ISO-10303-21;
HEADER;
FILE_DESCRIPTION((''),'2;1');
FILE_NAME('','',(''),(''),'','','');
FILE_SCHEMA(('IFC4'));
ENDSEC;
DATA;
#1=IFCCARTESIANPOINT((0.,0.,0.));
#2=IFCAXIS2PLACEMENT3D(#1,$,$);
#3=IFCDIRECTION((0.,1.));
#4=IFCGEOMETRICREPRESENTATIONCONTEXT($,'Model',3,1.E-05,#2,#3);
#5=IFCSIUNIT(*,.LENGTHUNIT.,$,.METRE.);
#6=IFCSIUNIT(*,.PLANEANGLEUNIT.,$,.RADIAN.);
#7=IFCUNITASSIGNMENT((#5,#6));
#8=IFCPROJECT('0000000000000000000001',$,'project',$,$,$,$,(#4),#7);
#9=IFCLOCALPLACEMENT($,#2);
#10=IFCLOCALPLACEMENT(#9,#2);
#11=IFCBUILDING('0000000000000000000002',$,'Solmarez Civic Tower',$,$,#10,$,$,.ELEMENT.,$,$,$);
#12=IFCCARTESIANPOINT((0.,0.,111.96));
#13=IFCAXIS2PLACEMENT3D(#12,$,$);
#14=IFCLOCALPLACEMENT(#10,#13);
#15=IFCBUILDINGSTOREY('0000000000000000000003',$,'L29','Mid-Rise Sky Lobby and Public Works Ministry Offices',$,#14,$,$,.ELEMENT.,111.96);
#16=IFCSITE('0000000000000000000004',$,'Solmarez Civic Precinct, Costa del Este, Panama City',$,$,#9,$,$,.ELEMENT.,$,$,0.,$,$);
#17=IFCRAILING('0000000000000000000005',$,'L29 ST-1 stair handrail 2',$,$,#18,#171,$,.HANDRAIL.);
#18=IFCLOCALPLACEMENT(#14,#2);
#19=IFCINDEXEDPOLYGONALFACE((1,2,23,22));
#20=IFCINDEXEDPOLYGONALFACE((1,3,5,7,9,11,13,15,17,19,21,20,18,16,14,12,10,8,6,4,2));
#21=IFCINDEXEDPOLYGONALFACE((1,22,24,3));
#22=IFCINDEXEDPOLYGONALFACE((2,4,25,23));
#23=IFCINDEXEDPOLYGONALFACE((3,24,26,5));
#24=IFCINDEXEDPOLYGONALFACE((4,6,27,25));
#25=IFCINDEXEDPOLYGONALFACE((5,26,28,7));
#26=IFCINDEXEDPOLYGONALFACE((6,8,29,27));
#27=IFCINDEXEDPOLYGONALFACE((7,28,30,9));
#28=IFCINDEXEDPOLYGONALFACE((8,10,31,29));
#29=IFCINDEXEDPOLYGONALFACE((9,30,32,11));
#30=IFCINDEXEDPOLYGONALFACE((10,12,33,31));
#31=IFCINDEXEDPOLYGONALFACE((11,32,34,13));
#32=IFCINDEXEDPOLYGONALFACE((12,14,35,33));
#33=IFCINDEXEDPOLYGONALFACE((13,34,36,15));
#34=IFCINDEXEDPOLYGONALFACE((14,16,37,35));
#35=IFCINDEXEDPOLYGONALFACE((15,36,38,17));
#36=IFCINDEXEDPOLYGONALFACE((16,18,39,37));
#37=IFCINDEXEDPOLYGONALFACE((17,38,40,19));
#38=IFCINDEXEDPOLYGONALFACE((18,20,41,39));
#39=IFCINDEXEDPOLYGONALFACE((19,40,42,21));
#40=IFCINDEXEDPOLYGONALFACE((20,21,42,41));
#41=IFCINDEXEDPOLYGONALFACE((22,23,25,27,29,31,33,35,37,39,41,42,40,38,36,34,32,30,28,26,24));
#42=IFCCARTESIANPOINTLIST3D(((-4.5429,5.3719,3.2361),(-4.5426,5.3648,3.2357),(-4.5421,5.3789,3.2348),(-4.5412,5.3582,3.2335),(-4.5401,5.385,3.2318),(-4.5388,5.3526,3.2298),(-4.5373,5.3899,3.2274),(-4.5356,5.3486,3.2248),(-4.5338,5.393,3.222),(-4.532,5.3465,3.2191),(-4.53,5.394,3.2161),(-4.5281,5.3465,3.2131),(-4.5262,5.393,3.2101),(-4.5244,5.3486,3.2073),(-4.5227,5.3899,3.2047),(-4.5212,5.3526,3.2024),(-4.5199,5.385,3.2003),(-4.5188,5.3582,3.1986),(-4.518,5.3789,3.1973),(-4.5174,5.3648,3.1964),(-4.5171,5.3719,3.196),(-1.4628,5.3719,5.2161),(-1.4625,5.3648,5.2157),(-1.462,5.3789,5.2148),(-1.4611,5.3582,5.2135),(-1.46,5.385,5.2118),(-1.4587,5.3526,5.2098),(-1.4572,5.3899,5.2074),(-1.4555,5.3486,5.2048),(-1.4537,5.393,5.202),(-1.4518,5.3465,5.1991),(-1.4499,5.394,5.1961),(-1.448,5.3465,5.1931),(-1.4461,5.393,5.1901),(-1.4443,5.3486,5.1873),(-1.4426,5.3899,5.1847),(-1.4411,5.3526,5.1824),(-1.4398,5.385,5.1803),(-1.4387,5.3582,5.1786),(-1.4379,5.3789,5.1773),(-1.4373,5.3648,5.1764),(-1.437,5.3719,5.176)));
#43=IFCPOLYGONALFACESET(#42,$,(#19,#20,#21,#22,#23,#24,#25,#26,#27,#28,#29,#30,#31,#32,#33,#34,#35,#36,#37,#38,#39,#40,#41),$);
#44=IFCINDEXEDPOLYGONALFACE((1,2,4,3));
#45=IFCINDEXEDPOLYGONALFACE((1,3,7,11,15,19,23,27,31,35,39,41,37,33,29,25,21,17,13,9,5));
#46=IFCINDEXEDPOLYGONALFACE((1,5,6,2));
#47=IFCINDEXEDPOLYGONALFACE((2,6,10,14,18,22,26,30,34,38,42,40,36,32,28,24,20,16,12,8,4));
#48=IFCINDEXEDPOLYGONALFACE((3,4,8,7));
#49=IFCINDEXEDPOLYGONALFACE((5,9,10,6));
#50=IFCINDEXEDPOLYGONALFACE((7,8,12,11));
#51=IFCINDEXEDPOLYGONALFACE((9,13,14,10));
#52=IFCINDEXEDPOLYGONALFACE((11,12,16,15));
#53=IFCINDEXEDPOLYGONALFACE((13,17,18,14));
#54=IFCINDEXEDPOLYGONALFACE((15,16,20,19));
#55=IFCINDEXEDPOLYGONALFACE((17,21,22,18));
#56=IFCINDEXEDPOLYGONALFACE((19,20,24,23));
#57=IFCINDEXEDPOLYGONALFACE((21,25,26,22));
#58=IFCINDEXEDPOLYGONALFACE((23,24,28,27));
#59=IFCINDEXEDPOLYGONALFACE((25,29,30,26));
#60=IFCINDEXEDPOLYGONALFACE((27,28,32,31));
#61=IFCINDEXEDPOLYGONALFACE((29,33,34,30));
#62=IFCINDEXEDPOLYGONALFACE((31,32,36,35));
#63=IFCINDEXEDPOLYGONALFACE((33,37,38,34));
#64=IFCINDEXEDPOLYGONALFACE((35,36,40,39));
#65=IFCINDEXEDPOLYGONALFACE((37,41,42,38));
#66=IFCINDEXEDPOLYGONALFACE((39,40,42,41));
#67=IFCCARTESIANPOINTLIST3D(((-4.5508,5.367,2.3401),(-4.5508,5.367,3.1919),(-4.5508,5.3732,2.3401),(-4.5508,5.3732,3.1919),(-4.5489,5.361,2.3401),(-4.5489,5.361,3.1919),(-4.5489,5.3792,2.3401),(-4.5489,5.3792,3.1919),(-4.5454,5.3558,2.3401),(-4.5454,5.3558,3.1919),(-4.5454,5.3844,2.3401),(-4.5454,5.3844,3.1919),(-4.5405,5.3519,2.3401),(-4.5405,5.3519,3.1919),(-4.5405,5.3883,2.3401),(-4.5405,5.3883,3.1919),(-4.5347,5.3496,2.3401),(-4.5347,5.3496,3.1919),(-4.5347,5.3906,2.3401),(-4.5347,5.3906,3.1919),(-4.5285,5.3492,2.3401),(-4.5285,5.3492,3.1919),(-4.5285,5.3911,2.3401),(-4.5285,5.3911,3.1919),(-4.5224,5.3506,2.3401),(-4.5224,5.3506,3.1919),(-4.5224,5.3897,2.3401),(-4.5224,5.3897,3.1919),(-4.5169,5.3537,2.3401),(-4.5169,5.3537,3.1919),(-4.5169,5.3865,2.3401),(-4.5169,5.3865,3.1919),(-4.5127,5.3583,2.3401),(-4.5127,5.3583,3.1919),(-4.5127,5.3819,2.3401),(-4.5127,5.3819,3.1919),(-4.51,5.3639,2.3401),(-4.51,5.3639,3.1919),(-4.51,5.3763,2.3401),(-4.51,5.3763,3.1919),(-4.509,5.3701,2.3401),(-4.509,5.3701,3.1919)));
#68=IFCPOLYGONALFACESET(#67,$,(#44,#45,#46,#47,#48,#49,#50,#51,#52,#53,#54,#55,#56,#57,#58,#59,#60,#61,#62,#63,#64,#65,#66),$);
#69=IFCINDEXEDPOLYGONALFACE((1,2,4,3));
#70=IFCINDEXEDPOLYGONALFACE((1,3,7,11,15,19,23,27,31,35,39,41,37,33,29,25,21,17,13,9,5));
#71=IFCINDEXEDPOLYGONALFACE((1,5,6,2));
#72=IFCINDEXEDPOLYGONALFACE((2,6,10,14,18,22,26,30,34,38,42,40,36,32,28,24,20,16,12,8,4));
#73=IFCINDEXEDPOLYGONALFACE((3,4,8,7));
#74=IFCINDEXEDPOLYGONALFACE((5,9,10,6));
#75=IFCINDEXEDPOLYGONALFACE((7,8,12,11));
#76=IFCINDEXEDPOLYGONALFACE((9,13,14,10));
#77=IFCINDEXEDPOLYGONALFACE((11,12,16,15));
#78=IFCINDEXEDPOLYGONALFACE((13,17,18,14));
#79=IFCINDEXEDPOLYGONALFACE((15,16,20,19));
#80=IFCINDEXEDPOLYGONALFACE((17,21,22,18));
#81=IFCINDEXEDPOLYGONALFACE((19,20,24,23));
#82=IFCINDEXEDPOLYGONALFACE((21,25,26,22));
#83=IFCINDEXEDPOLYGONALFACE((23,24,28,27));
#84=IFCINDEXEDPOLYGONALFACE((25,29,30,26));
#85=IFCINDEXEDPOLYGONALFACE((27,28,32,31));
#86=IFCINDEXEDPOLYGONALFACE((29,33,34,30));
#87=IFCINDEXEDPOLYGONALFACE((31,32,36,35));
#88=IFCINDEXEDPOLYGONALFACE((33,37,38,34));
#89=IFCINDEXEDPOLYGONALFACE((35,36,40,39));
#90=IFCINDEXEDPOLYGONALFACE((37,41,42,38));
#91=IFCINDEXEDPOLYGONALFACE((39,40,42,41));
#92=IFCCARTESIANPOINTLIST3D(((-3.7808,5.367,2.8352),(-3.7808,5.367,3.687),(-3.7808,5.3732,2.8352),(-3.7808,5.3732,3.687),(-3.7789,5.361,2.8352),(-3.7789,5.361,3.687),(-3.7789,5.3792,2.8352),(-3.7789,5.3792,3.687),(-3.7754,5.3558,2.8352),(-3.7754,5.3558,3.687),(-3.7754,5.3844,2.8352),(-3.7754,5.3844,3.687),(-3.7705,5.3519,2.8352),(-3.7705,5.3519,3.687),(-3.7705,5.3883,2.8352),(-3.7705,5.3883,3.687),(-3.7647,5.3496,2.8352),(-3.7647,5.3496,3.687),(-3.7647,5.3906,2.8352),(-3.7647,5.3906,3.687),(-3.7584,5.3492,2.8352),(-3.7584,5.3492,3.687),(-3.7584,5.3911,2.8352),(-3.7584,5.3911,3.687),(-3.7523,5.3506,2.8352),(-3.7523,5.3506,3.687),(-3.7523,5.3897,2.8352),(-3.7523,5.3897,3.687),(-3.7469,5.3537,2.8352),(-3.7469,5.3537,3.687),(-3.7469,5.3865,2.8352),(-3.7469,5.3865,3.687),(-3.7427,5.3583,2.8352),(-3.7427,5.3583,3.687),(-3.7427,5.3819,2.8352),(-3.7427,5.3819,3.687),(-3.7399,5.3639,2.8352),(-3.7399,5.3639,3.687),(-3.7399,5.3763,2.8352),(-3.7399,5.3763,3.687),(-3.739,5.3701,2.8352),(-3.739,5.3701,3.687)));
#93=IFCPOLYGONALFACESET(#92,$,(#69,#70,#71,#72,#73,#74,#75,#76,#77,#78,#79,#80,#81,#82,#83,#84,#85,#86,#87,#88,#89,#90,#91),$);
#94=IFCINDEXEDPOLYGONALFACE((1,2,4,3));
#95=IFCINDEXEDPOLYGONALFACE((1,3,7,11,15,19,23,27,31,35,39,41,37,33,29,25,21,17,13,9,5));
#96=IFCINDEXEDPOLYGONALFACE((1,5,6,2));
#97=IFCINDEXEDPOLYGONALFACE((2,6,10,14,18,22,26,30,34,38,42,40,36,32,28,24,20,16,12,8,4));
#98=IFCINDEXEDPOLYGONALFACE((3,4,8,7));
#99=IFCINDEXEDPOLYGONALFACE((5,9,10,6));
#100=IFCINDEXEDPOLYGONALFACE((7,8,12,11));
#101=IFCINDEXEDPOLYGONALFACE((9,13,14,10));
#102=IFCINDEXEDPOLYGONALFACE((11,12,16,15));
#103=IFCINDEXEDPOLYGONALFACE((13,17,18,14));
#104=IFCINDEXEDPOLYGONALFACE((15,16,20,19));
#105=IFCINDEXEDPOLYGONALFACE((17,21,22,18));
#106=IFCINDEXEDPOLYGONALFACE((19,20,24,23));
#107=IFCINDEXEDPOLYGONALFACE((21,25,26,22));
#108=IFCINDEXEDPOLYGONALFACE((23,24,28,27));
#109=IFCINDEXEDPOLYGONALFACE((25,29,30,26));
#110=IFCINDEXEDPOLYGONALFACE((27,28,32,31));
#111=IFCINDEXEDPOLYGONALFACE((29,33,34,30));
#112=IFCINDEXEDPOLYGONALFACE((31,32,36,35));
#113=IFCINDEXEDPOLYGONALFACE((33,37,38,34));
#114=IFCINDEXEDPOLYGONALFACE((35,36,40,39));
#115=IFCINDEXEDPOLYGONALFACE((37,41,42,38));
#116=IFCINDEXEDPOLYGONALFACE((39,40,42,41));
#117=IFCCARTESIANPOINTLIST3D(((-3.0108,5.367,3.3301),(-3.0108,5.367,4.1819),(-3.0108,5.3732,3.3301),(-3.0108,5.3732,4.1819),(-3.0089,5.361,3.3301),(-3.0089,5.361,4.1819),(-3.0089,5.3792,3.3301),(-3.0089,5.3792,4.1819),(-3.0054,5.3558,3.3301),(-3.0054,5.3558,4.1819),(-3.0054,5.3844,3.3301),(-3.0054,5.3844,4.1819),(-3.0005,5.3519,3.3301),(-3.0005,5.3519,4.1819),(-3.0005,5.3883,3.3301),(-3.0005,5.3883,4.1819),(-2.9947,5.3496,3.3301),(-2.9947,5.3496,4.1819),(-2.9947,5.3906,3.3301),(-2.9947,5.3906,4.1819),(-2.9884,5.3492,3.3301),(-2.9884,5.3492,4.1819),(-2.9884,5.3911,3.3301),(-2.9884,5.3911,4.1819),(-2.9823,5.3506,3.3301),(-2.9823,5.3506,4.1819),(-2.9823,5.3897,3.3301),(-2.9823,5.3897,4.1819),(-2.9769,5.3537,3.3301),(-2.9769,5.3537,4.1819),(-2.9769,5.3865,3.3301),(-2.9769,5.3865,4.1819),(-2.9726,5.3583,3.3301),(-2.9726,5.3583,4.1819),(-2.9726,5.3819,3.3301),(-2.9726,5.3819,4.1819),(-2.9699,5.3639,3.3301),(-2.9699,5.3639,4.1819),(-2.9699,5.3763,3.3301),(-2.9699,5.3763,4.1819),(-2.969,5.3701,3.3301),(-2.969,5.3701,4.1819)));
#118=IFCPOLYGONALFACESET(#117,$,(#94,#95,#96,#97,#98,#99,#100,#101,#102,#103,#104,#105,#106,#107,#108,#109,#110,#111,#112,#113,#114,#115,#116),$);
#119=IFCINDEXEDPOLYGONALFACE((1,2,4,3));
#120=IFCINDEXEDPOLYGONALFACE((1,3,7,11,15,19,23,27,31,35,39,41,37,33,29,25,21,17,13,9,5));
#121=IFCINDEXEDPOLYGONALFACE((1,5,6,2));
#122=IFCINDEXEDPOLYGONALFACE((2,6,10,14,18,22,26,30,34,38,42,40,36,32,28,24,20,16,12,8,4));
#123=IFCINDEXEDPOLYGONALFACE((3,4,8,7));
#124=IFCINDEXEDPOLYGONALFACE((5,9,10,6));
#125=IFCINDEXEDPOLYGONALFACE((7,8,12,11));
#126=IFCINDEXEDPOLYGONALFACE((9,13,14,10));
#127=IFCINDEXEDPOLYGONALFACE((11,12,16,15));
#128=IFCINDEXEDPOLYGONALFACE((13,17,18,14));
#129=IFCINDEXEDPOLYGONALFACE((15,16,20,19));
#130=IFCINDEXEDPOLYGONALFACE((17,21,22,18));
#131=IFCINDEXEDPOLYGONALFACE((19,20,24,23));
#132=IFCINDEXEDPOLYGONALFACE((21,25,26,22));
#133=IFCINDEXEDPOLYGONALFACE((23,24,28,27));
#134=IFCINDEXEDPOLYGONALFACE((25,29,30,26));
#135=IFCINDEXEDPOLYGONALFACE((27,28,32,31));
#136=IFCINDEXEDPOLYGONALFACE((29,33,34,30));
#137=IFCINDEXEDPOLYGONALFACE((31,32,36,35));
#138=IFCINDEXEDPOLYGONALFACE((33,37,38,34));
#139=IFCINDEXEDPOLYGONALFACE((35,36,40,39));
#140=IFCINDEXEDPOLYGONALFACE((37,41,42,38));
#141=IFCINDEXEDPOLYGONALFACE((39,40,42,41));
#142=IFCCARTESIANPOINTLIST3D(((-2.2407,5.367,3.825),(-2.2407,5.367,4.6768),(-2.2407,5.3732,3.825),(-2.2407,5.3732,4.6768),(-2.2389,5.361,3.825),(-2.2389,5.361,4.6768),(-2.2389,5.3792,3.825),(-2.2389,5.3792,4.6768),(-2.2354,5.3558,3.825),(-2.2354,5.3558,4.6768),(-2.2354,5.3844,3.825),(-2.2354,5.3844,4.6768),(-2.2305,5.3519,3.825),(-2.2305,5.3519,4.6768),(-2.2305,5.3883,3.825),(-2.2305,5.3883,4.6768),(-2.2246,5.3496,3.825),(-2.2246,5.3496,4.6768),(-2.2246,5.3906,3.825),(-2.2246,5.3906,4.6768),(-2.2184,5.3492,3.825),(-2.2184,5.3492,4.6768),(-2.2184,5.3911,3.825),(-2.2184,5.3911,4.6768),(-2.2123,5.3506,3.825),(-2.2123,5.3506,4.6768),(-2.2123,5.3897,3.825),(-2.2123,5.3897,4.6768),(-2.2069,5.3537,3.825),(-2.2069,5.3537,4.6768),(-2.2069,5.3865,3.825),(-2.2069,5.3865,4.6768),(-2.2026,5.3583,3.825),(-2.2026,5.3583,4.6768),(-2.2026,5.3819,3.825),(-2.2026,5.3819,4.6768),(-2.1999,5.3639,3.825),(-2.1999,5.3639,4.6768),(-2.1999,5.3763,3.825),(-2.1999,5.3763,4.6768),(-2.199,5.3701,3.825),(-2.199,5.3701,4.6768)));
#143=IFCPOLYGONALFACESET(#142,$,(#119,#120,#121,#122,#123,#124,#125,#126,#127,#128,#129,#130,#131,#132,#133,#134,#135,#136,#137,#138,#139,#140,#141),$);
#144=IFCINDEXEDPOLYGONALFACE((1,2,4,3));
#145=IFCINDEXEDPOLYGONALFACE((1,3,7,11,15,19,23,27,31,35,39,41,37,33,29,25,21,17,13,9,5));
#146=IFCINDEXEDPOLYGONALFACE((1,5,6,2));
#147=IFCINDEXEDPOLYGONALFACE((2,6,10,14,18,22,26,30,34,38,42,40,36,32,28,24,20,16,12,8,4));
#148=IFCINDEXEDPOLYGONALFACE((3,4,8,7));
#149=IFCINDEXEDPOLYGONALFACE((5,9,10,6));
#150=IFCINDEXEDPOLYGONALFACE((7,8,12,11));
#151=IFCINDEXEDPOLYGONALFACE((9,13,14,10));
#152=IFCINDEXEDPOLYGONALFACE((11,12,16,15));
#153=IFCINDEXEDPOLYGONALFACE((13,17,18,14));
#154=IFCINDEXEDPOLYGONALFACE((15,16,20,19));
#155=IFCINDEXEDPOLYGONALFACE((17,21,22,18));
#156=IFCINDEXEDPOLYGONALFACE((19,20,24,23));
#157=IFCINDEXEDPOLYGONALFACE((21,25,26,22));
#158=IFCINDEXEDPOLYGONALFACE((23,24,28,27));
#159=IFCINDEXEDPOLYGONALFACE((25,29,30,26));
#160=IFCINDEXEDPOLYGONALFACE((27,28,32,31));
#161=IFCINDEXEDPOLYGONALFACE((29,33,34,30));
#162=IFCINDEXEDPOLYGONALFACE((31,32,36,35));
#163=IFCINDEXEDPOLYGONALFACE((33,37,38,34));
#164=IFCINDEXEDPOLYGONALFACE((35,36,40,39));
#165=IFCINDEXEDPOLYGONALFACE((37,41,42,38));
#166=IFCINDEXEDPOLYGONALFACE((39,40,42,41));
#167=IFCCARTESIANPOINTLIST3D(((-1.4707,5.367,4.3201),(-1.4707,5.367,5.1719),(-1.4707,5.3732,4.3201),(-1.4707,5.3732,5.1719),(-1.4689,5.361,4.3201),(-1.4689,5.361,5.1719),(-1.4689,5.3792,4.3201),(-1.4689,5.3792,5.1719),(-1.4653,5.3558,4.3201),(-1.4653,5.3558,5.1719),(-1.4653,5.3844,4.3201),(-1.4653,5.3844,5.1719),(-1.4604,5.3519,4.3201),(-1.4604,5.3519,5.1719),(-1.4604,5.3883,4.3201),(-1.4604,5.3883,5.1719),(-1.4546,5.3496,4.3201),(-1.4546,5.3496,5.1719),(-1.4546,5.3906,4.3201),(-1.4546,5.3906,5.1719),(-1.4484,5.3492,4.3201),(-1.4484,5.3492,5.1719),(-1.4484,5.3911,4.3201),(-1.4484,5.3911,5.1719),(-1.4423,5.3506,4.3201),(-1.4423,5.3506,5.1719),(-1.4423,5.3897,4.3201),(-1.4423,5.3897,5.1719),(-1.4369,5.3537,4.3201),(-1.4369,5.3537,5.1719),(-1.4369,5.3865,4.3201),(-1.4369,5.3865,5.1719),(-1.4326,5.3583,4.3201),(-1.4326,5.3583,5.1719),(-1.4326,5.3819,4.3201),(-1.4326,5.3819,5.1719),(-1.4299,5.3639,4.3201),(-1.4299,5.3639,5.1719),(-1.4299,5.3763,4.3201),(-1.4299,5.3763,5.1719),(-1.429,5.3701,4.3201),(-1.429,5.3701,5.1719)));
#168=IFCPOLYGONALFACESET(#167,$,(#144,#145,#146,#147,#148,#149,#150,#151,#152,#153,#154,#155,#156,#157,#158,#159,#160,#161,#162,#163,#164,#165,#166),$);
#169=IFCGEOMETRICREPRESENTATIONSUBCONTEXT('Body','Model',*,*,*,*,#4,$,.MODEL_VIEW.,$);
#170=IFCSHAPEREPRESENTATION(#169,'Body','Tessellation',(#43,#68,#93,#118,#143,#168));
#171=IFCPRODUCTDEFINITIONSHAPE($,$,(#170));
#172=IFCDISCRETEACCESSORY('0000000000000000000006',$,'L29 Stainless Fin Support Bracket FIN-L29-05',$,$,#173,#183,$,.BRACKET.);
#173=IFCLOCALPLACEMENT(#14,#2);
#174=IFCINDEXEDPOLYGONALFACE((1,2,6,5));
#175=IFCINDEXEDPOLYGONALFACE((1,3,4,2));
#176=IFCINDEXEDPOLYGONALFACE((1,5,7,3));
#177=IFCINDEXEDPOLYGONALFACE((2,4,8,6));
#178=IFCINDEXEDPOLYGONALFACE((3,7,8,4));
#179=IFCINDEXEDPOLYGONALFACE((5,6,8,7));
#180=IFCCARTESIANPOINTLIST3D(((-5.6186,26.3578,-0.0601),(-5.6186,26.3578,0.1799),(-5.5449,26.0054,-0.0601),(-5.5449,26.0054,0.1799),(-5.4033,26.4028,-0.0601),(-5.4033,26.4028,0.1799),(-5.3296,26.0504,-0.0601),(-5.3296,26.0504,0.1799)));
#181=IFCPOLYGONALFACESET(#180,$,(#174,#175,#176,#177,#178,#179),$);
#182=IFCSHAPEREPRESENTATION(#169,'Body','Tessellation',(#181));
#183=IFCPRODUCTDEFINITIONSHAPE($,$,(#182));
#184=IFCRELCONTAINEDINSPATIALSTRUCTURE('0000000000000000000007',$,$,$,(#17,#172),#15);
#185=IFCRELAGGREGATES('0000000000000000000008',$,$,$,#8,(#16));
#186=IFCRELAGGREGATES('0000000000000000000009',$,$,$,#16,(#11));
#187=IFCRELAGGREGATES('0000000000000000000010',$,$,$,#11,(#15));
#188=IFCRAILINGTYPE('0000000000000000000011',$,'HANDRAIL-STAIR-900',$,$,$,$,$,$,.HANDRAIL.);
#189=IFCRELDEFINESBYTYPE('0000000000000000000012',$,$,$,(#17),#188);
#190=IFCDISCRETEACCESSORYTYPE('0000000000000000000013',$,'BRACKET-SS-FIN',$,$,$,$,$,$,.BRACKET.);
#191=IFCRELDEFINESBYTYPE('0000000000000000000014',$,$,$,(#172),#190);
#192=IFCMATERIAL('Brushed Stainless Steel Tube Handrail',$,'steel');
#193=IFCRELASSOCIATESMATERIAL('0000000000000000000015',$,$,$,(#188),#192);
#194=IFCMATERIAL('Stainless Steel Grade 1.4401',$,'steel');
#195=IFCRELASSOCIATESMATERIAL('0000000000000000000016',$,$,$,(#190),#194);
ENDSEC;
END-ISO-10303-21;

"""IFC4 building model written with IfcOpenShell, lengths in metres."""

from ifc_helpers import new_model, si_unit, direction, frame, origin, origin_2d, place, context, subcontext, project, spatial, rectangle, circle, extrude, material, type_object, element, save


model = new_model("IFC4")

# Units and contexts
model_context = context("Model", 3, precision=1e-05, world=origin(), true_north=direction((0.0, 1.0)))
body_context = subcontext(model_context, "Body", "Model", "MODEL_VIEW")
ifc_project = project(units=[si_unit("LENGTHUNIT", "METRE"), si_unit("PLANEANGLEUNIT", "RADIAN")], contexts=[model_context])

# Site, building, storey
site_placement = place(None, origin())
site = spatial("IfcSite", under=ifc_project, at=site_placement, Name="Solmarez Civic Precinct, Costa del Este, Panama City", CompositionType="ELEMENT", RefElevation=0.0)
building_placement = place(site_placement, origin())
building = spatial("IfcBuilding", under=site, at=building_placement, Name="Solmarez Civic Tower", CompositionType="ELEMENT")
storey_placement = place(building_placement, frame((0.0, 0.0, 111.96)))
storey = spatial("IfcBuildingStorey", under=building, at=storey_placement, Name="L29", Description="Mid-Rise Sky Lobby and Public Works Ministry Offices", CompositionType="ELEMENT", Elevation=111.96)

# Railing
ifc_material_1 = material(Name="Brushed Stainless Steel Tube Handrail", Category="steel")
railing_type_1 = type_object("IfcRailingType", Name="HANDRAIL-STAIR-900", PredefinedType="HANDRAIL", material=ifc_material_1)
railing_1_placement = place(storey_placement, frame((-4.53, 5.3701, 2.3401)))
element("IfcRailing", 1, at=railing_1_placement, inside=storey, type_object=railing_type_1, Name="L29 ST-1 stair handrail 2", PredefinedType="HANDRAIL", context=body_context, shape_type="SweptSolid", body=[
    extrude(circle(Radius=0.0239, at=origin_2d()), frame((0.0, 0.0, 0.876), z_axis=(0.841187, 0.0, 0.540744), x_axis=(0.0, 1.0, 0.0)), (0.0, 0.0, 1.0), 3.6616),
    extrude(circle(Radius=0.021, at=origin_2d()), origin(), (0.0, 0.0, 1.0), 0.8518),
    extrude(circle(Radius=0.021, at=origin_2d()), frame((0.77, 0.0, 0.4951)), (0.0, 0.0, 1.0), 0.8518),
    extrude(circle(Radius=0.021, at=origin_2d()), frame((1.54, 0.0, 0.99)), (0.0, 0.0, 1.0), 0.8518),
    extrude(circle(Radius=0.021, at=origin_2d()), frame((2.3101, 0.0, 1.4849)), (0.0, 0.0, 1.0), 0.8518),
    extrude(circle(Radius=0.021, at=origin_2d()), frame((3.0801, 0.0, 1.98)), (0.0, 0.0, 1.0), 0.8518),
])

# Discrete accessory
ifc_material_2 = material(Name="Stainless Steel Grade 1.4401", Category="steel")
discrete_accessory_type = type_object("IfcDiscreteAccessoryType", Name="BRACKET-SS-FIN", PredefinedType="BRACKET", material=ifc_material_2)
discrete_accessory_placement = place(storey_placement, frame((-5.4741, 26.2041, -0.0601), z_axis=(0.0, 0.0, 1.0), x_axis=(-0.204588, 0.978848, 0.0)))
element("IfcDiscreteAccessory", 2, at=discrete_accessory_placement, inside=storey, type_object=discrete_accessory_type, Name="L29 Stainless Fin Support Bracket FIN-L29-05", PredefinedType="BRACKET", context=body_context, shape_type="SweptSolid", body=[
    extrude(rectangle(XDim=0.3601, YDim=0.22, at=origin_2d()), origin(), (0.0, 0.0, 1.0), 0.24),
])

save(model, "model.ifc")
